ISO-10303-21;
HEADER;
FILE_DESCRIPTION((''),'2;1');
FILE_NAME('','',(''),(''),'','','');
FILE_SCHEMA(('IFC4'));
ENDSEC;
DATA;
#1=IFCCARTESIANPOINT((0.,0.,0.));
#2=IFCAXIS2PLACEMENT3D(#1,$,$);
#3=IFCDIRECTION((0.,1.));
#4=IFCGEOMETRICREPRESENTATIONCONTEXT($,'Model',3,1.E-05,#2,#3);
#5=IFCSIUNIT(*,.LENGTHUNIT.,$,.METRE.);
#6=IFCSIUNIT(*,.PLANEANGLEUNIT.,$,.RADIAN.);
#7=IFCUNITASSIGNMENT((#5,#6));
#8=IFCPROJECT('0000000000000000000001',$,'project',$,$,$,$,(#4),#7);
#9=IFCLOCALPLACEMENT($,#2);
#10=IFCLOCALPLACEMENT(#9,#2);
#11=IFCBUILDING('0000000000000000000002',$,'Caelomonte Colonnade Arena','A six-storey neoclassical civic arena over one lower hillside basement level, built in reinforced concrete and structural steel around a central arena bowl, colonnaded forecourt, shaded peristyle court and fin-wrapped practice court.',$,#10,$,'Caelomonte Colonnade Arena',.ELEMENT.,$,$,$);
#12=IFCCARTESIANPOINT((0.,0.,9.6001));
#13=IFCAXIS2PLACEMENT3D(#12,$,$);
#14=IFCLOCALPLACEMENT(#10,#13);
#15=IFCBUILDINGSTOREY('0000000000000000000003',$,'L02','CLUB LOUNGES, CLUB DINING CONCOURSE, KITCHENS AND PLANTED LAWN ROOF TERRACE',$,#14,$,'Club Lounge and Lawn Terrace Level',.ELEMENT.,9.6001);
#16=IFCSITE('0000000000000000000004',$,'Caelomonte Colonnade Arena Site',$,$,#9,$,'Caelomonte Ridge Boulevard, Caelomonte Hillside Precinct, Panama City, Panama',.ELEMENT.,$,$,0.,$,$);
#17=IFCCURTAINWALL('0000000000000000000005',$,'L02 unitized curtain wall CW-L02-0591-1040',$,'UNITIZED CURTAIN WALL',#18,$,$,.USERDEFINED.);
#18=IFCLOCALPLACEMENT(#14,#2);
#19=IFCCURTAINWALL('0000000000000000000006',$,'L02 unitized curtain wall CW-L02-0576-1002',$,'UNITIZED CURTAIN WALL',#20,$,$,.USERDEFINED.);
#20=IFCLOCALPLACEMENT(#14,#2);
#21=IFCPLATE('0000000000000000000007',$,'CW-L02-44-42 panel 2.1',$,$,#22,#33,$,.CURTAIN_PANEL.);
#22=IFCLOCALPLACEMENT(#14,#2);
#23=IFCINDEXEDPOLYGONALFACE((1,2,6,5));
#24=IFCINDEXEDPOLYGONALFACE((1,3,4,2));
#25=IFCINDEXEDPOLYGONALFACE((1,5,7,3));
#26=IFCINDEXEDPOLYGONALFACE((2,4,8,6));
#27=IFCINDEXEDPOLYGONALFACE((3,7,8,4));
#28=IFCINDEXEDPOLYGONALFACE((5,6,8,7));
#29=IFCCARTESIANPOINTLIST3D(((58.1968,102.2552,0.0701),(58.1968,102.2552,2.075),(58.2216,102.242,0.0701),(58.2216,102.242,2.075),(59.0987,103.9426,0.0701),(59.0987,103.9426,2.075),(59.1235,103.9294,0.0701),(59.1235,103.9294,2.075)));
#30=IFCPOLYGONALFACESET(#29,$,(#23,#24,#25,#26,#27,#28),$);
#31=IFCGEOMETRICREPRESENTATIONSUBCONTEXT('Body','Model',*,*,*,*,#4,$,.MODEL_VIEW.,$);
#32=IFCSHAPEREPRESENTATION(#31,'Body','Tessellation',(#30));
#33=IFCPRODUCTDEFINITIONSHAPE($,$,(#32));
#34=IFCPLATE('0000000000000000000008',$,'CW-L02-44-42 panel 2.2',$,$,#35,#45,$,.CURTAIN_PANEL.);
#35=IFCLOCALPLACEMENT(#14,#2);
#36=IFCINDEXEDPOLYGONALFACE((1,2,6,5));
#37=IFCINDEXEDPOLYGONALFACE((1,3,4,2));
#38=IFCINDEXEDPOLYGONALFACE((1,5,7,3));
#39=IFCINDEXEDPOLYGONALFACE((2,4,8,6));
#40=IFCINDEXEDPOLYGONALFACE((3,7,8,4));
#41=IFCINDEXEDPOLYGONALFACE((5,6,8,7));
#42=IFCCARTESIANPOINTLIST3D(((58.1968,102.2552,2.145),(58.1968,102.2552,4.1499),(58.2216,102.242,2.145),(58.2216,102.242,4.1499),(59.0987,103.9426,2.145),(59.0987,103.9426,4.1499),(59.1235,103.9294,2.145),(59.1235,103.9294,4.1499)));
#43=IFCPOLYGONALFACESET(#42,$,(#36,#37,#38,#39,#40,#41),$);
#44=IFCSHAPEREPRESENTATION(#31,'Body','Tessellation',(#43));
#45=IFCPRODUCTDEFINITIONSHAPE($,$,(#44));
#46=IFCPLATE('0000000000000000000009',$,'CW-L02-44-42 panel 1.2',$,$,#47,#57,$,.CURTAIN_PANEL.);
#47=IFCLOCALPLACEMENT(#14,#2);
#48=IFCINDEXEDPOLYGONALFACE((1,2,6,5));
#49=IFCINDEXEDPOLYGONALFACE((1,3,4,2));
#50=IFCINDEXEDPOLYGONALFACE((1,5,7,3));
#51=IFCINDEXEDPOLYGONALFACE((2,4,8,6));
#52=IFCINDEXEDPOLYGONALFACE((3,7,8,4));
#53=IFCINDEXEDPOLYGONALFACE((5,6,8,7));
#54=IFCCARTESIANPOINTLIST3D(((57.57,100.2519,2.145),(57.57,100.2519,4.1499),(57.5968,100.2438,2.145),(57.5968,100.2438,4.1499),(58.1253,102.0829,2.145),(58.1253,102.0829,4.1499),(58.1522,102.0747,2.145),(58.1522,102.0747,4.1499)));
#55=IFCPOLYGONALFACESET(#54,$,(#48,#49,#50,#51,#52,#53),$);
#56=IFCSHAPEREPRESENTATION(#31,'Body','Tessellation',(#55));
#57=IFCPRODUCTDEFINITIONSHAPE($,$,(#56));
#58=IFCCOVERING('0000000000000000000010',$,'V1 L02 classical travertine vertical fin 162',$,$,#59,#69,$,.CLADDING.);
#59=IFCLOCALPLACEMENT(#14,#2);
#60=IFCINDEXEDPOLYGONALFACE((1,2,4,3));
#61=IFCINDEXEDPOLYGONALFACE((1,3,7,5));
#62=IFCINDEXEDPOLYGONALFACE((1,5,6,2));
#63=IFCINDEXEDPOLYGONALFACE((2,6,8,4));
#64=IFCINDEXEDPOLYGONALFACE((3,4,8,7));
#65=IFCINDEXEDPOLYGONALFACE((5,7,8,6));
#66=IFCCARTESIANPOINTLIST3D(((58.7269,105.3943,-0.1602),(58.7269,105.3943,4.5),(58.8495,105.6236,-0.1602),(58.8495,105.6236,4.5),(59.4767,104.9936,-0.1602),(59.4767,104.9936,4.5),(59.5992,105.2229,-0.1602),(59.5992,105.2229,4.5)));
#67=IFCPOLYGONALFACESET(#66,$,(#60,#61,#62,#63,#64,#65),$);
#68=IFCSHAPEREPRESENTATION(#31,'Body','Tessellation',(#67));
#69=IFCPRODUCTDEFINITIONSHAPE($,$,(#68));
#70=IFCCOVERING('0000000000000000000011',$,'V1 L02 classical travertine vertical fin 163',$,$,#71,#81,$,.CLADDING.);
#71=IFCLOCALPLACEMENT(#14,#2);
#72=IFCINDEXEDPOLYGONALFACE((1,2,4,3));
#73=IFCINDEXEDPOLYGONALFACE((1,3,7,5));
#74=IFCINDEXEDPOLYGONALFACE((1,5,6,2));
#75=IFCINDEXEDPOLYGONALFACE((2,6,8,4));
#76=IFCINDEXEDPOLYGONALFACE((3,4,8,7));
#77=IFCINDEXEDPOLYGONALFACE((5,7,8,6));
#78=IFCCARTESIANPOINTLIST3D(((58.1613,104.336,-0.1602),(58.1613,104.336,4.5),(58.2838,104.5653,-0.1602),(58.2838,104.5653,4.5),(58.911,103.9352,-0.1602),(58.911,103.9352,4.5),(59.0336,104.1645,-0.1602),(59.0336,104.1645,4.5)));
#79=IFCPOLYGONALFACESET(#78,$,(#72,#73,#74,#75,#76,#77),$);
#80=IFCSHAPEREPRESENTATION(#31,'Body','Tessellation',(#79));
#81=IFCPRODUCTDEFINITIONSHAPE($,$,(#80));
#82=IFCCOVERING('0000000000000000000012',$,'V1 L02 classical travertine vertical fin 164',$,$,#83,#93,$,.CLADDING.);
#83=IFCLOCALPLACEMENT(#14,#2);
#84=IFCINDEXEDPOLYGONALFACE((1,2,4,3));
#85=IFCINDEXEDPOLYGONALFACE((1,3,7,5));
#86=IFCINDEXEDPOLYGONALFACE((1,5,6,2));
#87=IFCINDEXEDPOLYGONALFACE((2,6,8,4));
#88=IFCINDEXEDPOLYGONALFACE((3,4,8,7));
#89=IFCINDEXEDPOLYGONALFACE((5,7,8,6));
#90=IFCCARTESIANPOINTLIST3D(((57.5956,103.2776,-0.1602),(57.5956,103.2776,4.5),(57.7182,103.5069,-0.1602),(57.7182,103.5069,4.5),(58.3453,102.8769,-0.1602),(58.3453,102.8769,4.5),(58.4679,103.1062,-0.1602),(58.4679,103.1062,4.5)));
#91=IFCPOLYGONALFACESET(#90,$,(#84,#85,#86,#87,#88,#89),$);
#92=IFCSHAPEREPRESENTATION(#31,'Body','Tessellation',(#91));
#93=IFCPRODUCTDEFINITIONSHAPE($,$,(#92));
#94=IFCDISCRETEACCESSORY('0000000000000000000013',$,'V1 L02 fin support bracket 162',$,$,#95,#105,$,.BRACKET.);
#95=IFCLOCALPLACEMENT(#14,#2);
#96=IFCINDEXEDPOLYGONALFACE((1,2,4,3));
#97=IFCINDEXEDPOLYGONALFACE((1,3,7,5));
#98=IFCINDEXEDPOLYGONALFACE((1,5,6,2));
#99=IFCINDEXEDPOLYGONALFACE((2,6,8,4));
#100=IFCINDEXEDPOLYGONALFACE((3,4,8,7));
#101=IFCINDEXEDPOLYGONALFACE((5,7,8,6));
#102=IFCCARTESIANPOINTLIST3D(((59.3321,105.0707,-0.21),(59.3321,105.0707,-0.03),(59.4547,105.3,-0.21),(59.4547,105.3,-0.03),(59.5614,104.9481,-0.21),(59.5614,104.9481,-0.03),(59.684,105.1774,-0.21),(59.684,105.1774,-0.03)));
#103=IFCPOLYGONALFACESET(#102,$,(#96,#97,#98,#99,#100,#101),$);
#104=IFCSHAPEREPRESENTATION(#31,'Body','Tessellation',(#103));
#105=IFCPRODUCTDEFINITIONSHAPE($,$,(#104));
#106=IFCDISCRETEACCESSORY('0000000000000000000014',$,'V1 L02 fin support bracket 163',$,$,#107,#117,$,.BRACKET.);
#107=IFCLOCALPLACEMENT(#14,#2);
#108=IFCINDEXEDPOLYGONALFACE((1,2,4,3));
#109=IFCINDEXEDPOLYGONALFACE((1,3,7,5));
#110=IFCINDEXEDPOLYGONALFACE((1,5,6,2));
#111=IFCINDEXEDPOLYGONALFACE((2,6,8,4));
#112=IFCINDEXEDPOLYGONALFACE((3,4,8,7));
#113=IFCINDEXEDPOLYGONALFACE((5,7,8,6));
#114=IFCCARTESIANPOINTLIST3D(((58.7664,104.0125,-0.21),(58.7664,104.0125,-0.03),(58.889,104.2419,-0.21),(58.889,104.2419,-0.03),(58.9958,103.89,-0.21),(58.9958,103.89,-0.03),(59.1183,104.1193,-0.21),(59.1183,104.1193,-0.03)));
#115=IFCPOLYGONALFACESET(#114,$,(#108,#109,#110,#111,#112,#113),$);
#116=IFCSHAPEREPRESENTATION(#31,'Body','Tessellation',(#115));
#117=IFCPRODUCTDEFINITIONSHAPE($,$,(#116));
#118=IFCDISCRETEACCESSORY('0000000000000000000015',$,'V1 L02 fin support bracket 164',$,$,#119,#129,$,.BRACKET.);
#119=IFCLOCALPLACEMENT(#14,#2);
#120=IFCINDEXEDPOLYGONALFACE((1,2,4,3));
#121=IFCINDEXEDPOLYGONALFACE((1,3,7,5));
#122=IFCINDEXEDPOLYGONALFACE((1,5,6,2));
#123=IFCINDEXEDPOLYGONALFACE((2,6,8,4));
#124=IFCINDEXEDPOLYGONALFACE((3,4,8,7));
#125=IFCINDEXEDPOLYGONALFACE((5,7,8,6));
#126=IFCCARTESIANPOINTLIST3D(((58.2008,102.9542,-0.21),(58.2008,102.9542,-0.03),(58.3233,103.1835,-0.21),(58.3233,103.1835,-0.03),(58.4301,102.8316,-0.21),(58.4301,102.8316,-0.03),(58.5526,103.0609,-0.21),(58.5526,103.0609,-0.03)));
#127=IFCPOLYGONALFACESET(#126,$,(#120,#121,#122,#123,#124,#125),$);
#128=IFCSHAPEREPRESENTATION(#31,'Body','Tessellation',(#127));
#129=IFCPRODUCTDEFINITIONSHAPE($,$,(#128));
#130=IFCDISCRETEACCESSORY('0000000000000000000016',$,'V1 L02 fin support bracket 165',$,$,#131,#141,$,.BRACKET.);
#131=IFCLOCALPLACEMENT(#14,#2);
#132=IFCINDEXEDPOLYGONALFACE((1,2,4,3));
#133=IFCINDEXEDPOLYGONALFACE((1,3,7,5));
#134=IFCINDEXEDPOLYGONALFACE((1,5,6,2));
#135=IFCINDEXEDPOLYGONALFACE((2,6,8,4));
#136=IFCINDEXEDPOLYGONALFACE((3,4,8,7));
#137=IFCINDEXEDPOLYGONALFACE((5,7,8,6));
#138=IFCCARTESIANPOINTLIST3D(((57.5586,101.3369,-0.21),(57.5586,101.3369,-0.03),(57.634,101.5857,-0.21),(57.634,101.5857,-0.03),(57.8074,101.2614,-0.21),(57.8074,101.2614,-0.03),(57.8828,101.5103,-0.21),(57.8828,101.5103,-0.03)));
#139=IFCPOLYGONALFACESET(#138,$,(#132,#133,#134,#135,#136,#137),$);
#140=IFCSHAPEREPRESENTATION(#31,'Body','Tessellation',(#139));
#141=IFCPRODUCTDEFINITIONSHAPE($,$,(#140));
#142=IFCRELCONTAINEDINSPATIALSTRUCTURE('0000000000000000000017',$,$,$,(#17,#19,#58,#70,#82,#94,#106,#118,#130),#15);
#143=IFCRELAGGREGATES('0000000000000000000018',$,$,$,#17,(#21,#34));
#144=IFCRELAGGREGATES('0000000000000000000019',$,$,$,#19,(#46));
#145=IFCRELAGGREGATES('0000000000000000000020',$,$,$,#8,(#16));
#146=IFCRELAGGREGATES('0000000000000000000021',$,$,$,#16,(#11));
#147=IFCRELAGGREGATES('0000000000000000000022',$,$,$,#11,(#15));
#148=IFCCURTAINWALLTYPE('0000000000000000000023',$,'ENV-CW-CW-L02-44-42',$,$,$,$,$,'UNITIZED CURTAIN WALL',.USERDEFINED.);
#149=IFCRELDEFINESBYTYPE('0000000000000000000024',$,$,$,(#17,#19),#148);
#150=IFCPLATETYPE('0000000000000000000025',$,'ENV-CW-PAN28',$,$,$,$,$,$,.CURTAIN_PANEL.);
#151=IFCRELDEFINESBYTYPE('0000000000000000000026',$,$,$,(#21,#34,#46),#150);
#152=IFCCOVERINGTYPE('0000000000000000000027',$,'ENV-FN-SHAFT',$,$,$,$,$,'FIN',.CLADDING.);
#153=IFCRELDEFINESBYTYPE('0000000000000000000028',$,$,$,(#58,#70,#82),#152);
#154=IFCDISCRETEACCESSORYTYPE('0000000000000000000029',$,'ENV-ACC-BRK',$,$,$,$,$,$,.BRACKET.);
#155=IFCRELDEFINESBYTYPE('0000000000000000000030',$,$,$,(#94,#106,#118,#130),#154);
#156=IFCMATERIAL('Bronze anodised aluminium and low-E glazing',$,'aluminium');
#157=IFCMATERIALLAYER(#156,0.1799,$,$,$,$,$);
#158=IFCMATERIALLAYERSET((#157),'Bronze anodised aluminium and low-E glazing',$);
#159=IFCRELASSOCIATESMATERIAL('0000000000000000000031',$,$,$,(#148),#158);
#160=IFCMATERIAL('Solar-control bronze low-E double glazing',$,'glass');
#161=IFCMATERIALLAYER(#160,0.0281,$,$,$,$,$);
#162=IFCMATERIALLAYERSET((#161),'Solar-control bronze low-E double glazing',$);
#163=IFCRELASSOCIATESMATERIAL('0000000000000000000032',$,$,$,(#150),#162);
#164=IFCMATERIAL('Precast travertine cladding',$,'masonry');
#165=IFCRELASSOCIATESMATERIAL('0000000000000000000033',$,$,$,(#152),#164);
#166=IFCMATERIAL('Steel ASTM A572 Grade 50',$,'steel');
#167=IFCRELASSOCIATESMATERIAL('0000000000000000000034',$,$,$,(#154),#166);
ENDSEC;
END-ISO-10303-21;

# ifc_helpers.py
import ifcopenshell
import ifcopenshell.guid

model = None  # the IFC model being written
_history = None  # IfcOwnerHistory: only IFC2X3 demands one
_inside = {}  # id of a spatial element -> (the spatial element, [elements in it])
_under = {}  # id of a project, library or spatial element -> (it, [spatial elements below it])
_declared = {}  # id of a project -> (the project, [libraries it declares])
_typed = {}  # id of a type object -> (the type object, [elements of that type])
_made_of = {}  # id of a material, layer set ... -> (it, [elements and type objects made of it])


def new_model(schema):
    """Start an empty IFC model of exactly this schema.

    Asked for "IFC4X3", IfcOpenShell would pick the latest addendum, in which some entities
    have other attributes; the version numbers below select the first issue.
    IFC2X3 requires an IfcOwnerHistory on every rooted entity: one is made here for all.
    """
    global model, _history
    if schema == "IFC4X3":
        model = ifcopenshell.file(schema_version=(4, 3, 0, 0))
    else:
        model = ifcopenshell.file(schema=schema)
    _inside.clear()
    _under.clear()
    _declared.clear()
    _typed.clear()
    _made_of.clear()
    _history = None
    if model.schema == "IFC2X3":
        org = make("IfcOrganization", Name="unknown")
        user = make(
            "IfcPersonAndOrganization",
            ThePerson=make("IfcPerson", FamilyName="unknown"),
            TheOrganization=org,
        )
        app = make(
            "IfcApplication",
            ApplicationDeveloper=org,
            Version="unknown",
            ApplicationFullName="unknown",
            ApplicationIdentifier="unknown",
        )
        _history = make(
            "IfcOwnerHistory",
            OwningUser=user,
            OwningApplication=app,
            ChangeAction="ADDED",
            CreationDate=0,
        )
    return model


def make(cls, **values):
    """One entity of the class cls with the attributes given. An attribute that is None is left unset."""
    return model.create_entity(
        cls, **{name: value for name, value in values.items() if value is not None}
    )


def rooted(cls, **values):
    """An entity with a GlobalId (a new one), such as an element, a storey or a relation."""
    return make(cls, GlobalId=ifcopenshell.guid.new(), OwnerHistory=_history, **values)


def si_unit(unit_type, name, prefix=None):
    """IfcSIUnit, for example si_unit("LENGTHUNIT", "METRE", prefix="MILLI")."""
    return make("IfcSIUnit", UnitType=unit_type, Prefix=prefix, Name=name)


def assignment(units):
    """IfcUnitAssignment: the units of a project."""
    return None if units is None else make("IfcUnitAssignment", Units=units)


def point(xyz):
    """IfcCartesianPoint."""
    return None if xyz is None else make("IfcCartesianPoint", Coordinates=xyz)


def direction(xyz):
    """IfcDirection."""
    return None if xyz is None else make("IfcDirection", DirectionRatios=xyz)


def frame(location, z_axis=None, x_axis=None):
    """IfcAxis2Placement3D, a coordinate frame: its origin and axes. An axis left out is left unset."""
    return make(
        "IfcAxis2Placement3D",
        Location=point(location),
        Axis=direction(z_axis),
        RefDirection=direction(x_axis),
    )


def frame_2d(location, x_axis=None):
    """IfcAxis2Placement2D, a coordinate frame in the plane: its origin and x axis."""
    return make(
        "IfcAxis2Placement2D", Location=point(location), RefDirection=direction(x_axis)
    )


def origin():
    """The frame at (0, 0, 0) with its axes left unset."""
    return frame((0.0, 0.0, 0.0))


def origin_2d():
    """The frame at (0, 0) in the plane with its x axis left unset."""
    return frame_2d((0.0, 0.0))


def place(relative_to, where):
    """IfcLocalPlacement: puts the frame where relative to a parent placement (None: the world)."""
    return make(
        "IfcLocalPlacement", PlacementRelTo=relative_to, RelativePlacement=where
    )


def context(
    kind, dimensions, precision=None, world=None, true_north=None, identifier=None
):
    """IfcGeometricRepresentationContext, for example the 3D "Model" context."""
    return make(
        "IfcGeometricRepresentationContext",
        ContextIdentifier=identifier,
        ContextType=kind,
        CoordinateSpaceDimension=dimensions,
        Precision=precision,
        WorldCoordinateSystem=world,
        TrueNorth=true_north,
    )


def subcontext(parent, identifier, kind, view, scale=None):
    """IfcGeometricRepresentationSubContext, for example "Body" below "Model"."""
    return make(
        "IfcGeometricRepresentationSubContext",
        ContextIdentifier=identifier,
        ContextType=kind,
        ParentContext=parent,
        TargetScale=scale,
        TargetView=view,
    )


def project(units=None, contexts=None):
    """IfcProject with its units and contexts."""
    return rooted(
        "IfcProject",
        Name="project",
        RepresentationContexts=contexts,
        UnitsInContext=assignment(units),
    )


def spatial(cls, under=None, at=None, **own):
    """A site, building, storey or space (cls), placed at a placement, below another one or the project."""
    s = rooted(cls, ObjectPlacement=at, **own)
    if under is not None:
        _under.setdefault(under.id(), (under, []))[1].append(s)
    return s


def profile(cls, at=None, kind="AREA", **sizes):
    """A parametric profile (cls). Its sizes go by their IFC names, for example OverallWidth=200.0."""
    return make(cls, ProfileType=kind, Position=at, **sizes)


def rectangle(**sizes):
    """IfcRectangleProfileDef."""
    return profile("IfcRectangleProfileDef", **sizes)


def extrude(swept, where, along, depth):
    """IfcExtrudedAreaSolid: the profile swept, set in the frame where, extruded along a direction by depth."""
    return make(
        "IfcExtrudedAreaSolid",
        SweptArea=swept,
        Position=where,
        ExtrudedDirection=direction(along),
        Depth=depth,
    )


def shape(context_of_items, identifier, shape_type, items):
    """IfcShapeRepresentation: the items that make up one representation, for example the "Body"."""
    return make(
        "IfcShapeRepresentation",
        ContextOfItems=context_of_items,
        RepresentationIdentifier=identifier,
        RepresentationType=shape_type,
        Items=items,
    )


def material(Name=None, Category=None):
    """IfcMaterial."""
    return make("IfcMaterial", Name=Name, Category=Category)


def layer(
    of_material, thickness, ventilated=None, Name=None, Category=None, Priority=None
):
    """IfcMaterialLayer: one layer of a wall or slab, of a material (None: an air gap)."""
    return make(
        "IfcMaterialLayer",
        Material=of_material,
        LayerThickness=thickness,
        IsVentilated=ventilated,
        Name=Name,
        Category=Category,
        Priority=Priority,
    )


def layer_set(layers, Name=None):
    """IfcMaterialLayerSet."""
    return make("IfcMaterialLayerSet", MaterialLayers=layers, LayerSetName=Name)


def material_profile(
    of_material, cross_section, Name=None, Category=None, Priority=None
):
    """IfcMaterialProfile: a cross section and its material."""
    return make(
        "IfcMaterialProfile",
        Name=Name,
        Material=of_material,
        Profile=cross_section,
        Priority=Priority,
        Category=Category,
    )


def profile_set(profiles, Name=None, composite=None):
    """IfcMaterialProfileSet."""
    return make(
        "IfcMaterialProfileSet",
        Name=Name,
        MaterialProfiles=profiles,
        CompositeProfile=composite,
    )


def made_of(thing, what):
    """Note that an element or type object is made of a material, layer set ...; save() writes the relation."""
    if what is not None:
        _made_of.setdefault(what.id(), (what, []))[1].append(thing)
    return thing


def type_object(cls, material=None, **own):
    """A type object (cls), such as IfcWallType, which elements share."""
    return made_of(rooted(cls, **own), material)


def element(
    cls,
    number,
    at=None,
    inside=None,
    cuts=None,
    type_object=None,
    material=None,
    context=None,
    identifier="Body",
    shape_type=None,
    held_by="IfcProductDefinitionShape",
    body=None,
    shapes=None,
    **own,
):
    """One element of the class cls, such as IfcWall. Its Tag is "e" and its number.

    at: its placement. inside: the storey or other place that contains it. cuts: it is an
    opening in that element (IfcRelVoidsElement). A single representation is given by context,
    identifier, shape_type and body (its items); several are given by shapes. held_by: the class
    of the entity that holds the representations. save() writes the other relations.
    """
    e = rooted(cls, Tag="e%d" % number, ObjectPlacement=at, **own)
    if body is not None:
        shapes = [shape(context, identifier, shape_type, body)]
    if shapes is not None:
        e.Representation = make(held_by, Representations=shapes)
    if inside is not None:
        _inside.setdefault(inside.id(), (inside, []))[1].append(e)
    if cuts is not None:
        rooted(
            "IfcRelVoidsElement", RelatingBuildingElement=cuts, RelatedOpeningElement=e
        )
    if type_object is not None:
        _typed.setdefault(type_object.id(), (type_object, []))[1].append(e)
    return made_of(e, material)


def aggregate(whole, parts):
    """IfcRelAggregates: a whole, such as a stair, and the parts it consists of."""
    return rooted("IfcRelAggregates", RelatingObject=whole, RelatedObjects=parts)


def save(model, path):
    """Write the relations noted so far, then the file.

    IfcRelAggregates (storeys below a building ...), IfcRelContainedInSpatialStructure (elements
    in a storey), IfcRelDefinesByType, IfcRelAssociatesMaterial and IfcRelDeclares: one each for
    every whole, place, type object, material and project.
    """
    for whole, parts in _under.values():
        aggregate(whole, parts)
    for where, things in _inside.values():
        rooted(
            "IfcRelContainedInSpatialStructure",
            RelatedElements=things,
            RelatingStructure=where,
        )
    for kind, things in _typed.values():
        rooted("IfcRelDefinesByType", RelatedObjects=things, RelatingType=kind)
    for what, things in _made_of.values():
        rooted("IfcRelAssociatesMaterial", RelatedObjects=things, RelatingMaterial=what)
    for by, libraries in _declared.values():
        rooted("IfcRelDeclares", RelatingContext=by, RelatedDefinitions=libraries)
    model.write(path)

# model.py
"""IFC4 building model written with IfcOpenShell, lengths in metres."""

from ifc_helpers import new_model, si_unit, direction, frame, origin, origin_2d, place, context, subcontext, project, spatial, rectangle, extrude, material, layer, layer_set, material_profile, profile_set, type_object, element, aggregate, save


model = new_model("IFC4")

# Units and contexts
model_context = context("Model", 3, precision=1e-05, world=origin(), true_north=direction((0.0, 1.0)))
body_context = subcontext(model_context, "Body", "Model", "MODEL_VIEW")
ifc_project = project(units=[si_unit("LENGTHUNIT", "METRE"), si_unit("PLANEANGLEUNIT", "RADIAN")], contexts=[model_context])

# Site, building, storey
site_placement = place(None, origin())
site = spatial("IfcSite", under=ifc_project, at=site_placement, Name="Caelomonte Colonnade Arena Site", LongName="Caelomonte Ridge Boulevard, Caelomonte Hillside Precinct, Panama City, Panama", CompositionType="ELEMENT", RefElevation=0.0)
building_placement = place(site_placement, origin())
building = spatial("IfcBuilding", under=site, at=building_placement, Name="Caelomonte Colonnade Arena", Description="A six-storey neoclassical civic arena over one lower hillside basement level, built in reinforced concrete and structural steel around a central arena bowl, colonnaded forecourt, shaded peristyle court and fin-wrapped practice court.", LongName="Caelomonte Colonnade Arena", CompositionType="ELEMENT")
storey_placement = place(building_placement, frame((0.0, 0.0, 9.6001)))
storey = spatial("IfcBuildingStorey", under=building, at=storey_placement, Name="L02", Description="CLUB LOUNGES, CLUB DINING CONCOURSE, KITCHENS AND PLANTED LAWN ROOF TERRACE", LongName="Club Lounge and Lawn Terrace Level", CompositionType="ELEMENT", Elevation=9.6001)

# Curtain wall
ifc_material_1 = material(Name="Bronze anodised aluminium and low-E glazing", Category="aluminium")
ifc_layer_1 = layer(ifc_material_1, 0.1799)
ifc_layer_set_1 = layer_set([ifc_layer_1], Name="Bronze anodised aluminium and low-E glazing")
curtain_wall_type = type_object("IfcCurtainWallType", Name="ENV-CW-CW-L02-44-42", ElementType="UNITIZED CURTAIN WALL", PredefinedType="USERDEFINED", material=ifc_layer_set_1)
curtain_wall_1_placement = place(storey_placement, origin())
curtain_wall_1 = element("IfcCurtainWall", 1, at=curtain_wall_1_placement, inside=storey, type_object=curtain_wall_type, Name="L02 unitized curtain wall CW-L02-0591-1040", ObjectType="UNITIZED CURTAIN WALL", PredefinedType="USERDEFINED")

# Curtain wall
curtain_wall_2_placement = place(storey_placement, origin())
curtain_wall_2 = element("IfcCurtainWall", 2, at=curtain_wall_2_placement, inside=storey, type_object=curtain_wall_type, Name="L02 unitized curtain wall CW-L02-0576-1002", ObjectType="UNITIZED CURTAIN WALL", PredefinedType="USERDEFINED")

# Plates
ifc_material_2 = material(Name="Solar-control bronze low-E double glazing", Category="glass")
ifc_layer_2 = layer(ifc_material_2, 0.0281)
ifc_layer_set_2 = layer_set([ifc_layer_2], Name="Solar-control bronze low-E double glazing")
plate_type = type_object("IfcPlateType", Name="ENV-CW-PAN28", PredefinedType="CURTAIN_PANEL", material=ifc_layer_set_2)
plate_1_placement = place(storey_placement, frame((58.6602, 103.0923, 0.0701), z_axis=(0.0, 0.0, 1.0), x_axis=(-0.471394, -0.881923, 0.0)))
plate_1 = element("IfcPlate", 3, at=plate_1_placement, type_object=plate_type, Name="CW-L02-44-42 panel 2.1", PredefinedType="CURTAIN_PANEL", context=body_context, shape_type="SweptSolid", body=[
    extrude(rectangle(XDim=1.9133, YDim=0.0281, at=origin_2d()), origin(), (0.0, 0.0, 1.0), 2.0049),
])
plate_2_placement = place(storey_placement, frame((58.6602, 103.0923, 2.145), z_axis=(0.0, 0.0, 1.0), x_axis=(-0.471394, -0.881923, 0.0)))
plate_2 = element("IfcPlate", 4, at=plate_2_placement, type_object=plate_type, Name="CW-L02-44-42 panel 2.2", PredefinedType="CURTAIN_PANEL", context=body_context, shape_type="SweptSolid", body=[
    extrude(rectangle(XDim=1.9133, YDim=0.0281, at=origin_2d()), origin(), (0.0, 0.0, 1.0), 2.0049),
])
aggregate(curtain_wall_1, [plate_1, plate_2])
plate_3_placement = place(storey_placement, frame((57.8611, 101.1633, 2.145), z_axis=(0.0, 0.0, 1.0), x_axis=(-0.290256, -0.956949, 0.0)))
plate_3 = element("IfcPlate", 5, at=plate_3_placement, type_object=plate_type, Name="CW-L02-44-42 panel 1.2", PredefinedType="CURTAIN_PANEL", context=body_context, shape_type="SweptSolid", body=[
    extrude(rectangle(XDim=1.9133, YDim=0.0281, at=origin_2d()), origin(), (0.0, 0.0, 1.0), 2.0049),
])
aggregate(curtain_wall_2, [plate_3])

# Coverings
ifc_material_3 = material(Name="Precast travertine cladding", Category="masonry")
ifc_material_profile_1 = material_profile(ifc_material_3, rectangle(XDim=0.26, YDim=0.8501, at=origin_2d()), Name="FIN260X850")
ifc_profile_set_1 = profile_set([ifc_material_profile_1], Name="Precast travertine cladding")
covering_type = type_object("IfcCoveringType", Name="ENV-FN-SHAFT", ElementType="FIN", PredefinedType="CLADDING", material=ifc_profile_set_1)
for number, where, z_axis, x_axis, name in (
    (6, (59.1631, 105.3086, -0.1602), (0.0, 0.0, 1.0), (0.471397, 0.881921, 0.0), "V1 L02 classical travertine vertical fin 162"),
    (7, (58.5974, 104.2502, -0.1602), (0.0, 0.0, 1.0), (0.471397, 0.881921, 0.0), "V1 L02 classical travertine vertical fin 163"),
    (8, (58.0317, 103.1919, -0.1602), (0.0, 0.0, 1.0), (0.471397, 0.881921, 0.0), "V1 L02 classical travertine vertical fin 164"),
):
    element("IfcCovering", number, at=place(storey_placement, frame(where, z_axis=z_axis, x_axis=x_axis)), inside=storey, type_object=covering_type, Name=name, PredefinedType="CLADDING", context=body_context, shape_type="SweptSolid", body=[
        extrude(rectangle(XDim=0.26, YDim=0.8501, at=origin_2d()), origin(), (0.0, 0.0, 1.0), 4.6602),
    ])

# Discrete accessories
ifc_material_4 = material(Name="Steel ASTM A572 Grade 50", Category="steel")
discrete_accessory_type = type_object("IfcDiscreteAccessoryType", Name="ENV-ACC-BRK", PredefinedType="BRACKET", material=ifc_material_4)
for number, where, z_axis, x_axis, name in (
    (9, (59.5081, 105.124, -0.21), (0.0, 0.0, 1.0), (-0.471397, -0.881921, 0.0), "V1 L02 fin support bracket 162"),
    (10, (58.9424, 104.0659, -0.21), (0.0, 0.0, 1.0), (-0.471397, -0.881921, 0.0), "V1 L02 fin support bracket 163"),
    (11, (58.3767, 103.0076, -0.21), (0.0, 0.0, 1.0), (-0.471397, -0.881921, 0.0), "V1 L02 fin support bracket 164"),
    (12, (57.7207, 101.4236, -0.21), (0.0, 0.0, 1.0), (-0.290276, -0.956943, 0.0), "V1 L02 fin support bracket 165"),
):
    element("IfcDiscreteAccessory", number, at=place(storey_placement, frame(where, z_axis=z_axis, x_axis=x_axis)), inside=storey, type_object=discrete_accessory_type, Name=name, PredefinedType="BRACKET", context=body_context, shape_type="SweptSolid", body=[
        extrude(rectangle(XDim=0.26, YDim=0.26, at=origin_2d()), origin(), (0.0, 0.0, 1.0), 0.1799),
    ])

save(model, "model.ifc")
